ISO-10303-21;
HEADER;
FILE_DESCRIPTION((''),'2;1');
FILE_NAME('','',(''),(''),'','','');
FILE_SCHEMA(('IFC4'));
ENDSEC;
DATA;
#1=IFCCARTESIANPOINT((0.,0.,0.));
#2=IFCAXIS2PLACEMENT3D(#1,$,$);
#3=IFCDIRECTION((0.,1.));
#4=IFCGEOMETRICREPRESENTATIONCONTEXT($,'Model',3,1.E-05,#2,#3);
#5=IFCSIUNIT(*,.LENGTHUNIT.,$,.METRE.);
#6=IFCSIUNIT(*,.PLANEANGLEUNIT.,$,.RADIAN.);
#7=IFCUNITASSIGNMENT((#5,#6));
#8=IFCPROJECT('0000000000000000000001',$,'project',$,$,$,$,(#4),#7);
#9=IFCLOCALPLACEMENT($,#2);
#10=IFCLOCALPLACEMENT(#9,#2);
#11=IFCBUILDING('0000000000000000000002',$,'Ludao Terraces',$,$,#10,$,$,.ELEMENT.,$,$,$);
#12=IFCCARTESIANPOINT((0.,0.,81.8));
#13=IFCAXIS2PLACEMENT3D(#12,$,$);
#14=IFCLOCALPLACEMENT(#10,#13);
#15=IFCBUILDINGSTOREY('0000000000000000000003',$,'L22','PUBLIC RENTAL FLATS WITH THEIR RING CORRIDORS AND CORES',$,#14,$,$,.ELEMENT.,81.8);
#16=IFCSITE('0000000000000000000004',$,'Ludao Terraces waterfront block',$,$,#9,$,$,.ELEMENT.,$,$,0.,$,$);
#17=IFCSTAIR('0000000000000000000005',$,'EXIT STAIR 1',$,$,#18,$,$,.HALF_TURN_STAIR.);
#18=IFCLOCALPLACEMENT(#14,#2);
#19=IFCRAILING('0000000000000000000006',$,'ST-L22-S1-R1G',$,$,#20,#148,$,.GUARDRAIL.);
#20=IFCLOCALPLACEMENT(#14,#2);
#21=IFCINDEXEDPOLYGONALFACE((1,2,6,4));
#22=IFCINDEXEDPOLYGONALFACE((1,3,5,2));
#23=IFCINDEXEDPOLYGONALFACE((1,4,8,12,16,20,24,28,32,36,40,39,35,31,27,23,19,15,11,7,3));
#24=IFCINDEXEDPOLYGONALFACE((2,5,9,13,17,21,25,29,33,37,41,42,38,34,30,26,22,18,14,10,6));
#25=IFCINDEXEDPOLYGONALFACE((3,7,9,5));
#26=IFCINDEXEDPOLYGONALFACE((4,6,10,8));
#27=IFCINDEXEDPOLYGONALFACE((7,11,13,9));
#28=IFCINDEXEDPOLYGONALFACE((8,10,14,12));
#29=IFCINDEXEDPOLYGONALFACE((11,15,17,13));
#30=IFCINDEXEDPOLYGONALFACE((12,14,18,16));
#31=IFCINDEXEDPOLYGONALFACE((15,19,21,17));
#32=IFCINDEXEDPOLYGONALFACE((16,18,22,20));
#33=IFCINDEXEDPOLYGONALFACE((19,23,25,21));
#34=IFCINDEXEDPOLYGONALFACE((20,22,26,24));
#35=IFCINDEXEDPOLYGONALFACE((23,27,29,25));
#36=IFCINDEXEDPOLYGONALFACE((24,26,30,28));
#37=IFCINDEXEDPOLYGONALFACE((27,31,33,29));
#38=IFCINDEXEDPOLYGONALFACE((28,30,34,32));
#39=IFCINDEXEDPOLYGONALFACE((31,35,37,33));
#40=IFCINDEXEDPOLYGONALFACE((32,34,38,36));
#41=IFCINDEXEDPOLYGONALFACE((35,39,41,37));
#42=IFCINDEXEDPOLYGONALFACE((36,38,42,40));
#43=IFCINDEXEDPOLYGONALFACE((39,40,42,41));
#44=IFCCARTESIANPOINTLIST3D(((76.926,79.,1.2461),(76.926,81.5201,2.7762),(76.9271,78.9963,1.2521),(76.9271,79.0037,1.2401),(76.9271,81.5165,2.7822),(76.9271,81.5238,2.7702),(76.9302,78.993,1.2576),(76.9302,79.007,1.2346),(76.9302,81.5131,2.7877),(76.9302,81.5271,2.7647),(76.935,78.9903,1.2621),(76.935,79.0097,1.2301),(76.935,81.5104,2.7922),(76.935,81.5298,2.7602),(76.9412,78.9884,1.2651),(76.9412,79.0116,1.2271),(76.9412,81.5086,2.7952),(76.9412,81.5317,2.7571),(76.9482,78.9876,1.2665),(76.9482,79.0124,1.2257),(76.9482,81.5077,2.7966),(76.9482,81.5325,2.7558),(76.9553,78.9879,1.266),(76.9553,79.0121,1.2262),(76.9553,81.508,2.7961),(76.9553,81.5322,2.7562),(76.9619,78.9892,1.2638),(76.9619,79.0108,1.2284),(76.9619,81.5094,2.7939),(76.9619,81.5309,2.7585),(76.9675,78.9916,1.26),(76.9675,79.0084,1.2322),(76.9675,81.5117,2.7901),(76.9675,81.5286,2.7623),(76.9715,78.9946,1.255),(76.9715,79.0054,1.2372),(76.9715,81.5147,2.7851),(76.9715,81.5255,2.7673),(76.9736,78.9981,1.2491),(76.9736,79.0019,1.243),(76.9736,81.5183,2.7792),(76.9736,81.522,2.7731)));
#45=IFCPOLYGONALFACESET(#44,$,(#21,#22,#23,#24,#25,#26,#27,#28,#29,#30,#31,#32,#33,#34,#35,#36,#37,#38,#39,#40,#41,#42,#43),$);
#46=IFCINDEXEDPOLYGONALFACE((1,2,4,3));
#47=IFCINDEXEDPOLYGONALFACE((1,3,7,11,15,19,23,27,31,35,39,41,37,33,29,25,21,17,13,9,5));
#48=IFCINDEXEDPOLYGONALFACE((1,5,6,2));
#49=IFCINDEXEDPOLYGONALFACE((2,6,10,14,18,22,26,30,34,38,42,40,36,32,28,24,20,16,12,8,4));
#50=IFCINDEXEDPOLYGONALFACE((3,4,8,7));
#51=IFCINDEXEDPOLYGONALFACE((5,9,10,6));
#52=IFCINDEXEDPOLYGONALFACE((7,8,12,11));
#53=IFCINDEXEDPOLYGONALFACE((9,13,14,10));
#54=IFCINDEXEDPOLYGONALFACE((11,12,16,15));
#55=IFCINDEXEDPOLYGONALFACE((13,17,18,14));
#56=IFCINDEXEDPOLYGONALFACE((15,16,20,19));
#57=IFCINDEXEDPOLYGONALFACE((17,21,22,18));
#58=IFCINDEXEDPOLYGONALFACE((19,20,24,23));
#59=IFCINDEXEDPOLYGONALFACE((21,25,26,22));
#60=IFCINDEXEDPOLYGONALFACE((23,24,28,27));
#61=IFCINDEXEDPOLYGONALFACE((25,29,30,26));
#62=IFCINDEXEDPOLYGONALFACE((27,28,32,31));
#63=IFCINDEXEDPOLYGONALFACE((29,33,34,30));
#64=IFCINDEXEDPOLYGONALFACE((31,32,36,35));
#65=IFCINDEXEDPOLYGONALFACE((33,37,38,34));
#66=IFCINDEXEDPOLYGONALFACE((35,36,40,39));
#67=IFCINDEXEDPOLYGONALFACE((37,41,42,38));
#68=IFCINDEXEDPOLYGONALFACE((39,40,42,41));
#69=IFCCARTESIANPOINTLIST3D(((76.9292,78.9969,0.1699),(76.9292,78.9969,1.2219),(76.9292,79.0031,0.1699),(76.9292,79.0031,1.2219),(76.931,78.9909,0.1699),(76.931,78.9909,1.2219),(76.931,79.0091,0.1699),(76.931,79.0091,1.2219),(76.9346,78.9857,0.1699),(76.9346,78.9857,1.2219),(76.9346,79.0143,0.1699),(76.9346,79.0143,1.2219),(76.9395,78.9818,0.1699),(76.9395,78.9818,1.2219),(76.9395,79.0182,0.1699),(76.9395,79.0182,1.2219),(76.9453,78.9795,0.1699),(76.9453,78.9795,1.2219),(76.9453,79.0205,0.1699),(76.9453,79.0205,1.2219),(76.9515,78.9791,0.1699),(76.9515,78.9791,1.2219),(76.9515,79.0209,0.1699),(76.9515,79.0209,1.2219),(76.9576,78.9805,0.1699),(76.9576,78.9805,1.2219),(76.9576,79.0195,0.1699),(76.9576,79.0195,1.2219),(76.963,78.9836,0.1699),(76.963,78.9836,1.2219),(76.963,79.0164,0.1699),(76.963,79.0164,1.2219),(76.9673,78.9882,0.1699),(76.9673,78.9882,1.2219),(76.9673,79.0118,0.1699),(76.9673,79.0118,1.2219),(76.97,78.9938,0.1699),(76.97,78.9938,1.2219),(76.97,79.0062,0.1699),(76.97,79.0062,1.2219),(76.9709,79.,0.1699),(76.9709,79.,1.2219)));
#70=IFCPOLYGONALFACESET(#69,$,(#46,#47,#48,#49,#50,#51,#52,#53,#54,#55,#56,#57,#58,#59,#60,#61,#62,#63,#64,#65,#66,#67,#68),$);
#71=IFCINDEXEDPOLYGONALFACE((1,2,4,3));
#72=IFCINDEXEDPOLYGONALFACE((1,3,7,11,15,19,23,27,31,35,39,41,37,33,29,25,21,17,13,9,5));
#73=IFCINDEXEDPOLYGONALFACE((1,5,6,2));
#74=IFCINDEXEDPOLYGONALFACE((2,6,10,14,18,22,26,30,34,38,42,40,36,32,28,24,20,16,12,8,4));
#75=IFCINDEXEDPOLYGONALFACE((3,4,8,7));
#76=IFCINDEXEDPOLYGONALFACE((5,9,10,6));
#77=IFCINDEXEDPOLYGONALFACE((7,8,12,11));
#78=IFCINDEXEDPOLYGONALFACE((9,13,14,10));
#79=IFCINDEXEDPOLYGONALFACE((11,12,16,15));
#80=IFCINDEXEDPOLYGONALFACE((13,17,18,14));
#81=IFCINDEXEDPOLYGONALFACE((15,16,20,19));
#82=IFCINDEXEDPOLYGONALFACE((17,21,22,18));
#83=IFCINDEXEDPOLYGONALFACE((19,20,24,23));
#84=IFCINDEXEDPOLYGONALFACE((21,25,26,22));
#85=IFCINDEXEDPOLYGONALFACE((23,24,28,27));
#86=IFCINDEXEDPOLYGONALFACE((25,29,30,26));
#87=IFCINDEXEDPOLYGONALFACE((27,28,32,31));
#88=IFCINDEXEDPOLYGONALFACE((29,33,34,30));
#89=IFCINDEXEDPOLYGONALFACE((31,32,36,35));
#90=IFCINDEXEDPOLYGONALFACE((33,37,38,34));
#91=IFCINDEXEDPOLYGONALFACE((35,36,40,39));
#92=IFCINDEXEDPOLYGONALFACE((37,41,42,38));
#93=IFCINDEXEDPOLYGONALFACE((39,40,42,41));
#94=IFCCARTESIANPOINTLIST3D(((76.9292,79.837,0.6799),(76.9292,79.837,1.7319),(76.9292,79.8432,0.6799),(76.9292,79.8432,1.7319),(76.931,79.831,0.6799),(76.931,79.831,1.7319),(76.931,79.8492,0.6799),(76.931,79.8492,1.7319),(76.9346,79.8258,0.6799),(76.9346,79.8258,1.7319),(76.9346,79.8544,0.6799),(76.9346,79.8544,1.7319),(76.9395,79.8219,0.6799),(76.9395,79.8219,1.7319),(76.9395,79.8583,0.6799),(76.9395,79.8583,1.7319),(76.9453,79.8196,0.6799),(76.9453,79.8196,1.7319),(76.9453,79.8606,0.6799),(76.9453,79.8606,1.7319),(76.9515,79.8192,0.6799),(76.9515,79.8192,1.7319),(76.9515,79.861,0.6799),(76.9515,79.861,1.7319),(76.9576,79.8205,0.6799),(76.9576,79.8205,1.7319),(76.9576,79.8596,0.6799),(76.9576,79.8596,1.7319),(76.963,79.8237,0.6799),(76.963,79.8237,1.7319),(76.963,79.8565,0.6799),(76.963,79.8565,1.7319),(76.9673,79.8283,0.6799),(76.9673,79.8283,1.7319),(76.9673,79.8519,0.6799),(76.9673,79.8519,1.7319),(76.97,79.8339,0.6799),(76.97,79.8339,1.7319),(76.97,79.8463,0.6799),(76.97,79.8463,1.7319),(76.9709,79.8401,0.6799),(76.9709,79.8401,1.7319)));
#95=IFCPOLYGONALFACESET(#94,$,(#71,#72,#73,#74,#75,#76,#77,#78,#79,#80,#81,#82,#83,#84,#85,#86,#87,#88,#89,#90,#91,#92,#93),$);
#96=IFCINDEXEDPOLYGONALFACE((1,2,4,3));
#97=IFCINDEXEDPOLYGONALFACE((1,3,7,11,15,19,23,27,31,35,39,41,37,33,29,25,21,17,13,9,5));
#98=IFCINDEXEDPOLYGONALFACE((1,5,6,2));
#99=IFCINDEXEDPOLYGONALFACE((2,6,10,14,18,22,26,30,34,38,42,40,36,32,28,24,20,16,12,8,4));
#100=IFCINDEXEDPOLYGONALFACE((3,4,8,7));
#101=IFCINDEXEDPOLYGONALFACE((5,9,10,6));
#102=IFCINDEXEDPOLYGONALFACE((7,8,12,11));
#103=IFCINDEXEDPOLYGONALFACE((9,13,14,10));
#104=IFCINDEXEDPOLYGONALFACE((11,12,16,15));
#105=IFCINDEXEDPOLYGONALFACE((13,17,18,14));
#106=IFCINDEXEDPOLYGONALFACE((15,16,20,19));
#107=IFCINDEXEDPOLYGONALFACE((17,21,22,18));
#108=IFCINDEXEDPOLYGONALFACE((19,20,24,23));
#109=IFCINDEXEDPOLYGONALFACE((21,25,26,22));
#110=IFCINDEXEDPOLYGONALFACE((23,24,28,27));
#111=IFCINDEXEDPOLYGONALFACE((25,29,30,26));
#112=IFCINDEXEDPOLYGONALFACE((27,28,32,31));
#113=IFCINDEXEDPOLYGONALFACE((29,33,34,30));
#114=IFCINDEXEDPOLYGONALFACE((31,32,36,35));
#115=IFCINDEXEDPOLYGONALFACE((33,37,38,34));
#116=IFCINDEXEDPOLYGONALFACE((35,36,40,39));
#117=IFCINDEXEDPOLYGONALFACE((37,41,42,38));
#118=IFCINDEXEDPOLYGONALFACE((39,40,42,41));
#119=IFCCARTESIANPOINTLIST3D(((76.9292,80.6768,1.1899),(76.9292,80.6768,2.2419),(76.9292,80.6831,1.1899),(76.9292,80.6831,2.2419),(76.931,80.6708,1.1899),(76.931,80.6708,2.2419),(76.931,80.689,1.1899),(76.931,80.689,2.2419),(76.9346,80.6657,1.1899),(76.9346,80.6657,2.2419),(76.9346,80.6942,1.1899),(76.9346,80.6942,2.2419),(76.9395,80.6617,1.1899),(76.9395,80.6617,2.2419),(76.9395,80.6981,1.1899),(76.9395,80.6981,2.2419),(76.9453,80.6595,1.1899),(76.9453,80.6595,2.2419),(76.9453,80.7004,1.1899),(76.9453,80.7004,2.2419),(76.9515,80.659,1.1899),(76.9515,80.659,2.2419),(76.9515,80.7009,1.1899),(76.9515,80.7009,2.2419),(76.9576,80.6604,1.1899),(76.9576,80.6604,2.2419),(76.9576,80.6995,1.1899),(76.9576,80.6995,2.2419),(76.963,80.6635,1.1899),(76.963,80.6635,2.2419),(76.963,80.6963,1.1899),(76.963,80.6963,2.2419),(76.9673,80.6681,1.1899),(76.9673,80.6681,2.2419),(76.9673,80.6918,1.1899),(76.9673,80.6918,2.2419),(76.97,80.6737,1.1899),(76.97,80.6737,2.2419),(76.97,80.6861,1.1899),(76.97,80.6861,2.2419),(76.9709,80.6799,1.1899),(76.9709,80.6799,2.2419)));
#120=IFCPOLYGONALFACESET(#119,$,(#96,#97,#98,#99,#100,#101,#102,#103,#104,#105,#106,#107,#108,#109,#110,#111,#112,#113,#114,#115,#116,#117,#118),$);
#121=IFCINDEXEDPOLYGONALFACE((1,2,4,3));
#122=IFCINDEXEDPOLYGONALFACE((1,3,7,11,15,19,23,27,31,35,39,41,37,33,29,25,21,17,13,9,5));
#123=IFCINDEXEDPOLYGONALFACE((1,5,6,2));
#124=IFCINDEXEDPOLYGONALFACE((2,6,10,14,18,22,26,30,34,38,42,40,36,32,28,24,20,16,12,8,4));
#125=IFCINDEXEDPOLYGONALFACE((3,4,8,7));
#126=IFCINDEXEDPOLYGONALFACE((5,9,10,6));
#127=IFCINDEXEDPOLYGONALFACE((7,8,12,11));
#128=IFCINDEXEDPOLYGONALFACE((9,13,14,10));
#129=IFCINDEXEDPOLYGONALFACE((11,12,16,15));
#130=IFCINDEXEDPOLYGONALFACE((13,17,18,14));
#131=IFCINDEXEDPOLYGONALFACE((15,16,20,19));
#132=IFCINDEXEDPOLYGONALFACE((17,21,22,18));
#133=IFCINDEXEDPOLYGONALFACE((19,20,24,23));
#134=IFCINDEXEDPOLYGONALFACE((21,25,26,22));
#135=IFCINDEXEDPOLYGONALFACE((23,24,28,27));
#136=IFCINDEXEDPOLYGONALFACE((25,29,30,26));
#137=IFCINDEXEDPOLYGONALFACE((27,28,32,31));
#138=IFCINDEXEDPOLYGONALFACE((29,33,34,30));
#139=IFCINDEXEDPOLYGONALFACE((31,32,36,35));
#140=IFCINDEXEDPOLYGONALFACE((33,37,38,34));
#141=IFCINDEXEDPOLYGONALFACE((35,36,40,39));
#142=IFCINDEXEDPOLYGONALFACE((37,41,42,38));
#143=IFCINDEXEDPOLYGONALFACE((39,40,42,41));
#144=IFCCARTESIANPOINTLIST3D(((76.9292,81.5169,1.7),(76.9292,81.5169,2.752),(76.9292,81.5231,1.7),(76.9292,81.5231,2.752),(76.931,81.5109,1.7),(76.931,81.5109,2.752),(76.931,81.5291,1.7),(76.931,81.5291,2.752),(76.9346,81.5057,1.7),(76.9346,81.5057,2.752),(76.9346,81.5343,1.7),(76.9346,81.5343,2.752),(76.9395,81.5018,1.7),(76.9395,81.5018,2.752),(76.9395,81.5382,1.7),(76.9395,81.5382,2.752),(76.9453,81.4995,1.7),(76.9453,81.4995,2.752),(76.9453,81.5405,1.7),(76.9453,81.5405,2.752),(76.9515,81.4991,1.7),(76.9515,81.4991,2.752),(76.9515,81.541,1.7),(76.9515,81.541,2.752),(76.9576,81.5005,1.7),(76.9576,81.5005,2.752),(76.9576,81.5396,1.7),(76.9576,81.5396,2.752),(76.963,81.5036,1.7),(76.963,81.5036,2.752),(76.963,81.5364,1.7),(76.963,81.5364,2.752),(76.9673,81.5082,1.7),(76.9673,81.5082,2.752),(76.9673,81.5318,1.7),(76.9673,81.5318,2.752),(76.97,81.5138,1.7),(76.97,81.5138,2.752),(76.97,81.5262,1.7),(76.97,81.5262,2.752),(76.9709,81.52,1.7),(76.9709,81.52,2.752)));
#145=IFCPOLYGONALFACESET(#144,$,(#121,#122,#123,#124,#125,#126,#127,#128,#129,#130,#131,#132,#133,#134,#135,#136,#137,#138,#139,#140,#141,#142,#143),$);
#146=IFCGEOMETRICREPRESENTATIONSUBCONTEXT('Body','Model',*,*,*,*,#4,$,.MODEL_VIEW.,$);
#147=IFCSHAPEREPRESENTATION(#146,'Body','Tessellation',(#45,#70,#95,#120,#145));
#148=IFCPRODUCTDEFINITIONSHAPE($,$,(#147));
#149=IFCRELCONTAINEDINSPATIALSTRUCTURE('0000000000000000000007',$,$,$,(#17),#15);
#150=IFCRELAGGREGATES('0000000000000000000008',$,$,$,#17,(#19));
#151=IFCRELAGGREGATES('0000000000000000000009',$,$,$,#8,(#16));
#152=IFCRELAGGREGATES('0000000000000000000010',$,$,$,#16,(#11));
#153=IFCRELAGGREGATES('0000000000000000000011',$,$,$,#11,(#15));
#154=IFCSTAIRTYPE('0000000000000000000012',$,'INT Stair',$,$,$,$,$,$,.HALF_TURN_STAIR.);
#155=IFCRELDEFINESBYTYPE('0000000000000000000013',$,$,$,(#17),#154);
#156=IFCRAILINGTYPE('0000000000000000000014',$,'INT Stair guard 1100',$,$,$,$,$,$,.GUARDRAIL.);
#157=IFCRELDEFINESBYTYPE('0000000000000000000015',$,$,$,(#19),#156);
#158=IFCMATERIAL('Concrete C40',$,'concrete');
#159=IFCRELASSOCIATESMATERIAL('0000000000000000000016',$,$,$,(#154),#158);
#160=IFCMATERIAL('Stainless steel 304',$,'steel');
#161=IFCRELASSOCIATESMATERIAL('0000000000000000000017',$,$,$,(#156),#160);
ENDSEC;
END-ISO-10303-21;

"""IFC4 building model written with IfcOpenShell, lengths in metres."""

from ifc_helpers import new_model, si_unit, direction, frame, origin, origin_2d, place, context, subcontext, project, spatial, circle, extrude, material, type_object, element, aggregate, save


model = new_model("IFC4")

# Units and contexts
model_context = context("Model", 3, precision=1e-05, world=origin(), true_north=direction((0.0, 1.0)))
body_context = subcontext(model_context, "Body", "Model", "MODEL_VIEW")
ifc_project = project(units=[si_unit("LENGTHUNIT", "METRE"), si_unit("PLANEANGLEUNIT", "RADIAN")], contexts=[model_context])

# Site, building, storey
site_placement = place(None, origin())
site = spatial("IfcSite", under=ifc_project, at=site_placement, Name="Ludao Terraces waterfront block", CompositionType="ELEMENT", RefElevation=0.0)
building_placement = place(site_placement, origin())
building = spatial("IfcBuilding", under=site, at=building_placement, Name="Ludao Terraces", CompositionType="ELEMENT")
storey_placement = place(building_placement, frame((0.0, 0.0, 81.8)))
storey = spatial("IfcBuildingStorey", under=building, at=storey_placement, Name="L22", Description="PUBLIC RENTAL FLATS WITH THEIR RING CORRIDORS AND CORES", CompositionType="ELEMENT", Elevation=81.8)

# Shared definitions
ifc_material_1 = material(Name="Stainless steel 304", Category="steel")

# Stair, railing
ifc_material_2 = material(Name="Concrete C40", Category="concrete")
stair_type = type_object("IfcStairType", Name="INT Stair", PredefinedType="HALF_TURN_STAIR", material=ifc_material_2)
stair_placement = place(storey_placement, origin())
stair = element("IfcStair", 1, at=stair_placement, inside=storey, type_object=stair_type, Name="EXIT STAIR 1", PredefinedType="HALF_TURN_STAIR")
railing_type_1 = type_object("IfcRailingType", Name="INT Stair guard 1100", PredefinedType="GUARDRAIL", material=ifc_material_1)
railing_1_placement = place(storey_placement, frame((76.95, 79.0, 0.1699)))
railing_1 = element("IfcRailing", 2, at=railing_1_placement, type_object=railing_type_1, Name="ST-L22-S1-R1G", PredefinedType="GUARDRAIL", context=body_context, shape_type="SweptSolid", body=[
    extrude(circle(Radius=0.0239, at=origin_2d()), frame((0.0, 0.0, 1.0762), z_axis=(0.0, 0.854785, 0.518982), x_axis=(-1.0, 0.0, 0.0)), (0.0, 0.0, 1.0), 2.9482),
    extrude(circle(Radius=0.021, at=origin_2d()), origin(), (0.0, 0.0, 1.0), 1.052),
    extrude(circle(Radius=0.021, at=origin_2d()), frame((0.0, 0.8401, 0.51)), (0.0, 0.0, 1.0), 1.052),
    extrude(circle(Radius=0.021, at=origin_2d()), frame((0.0, 1.6799, 1.02)), (0.0, 0.0, 1.0), 1.052),
    extrude(circle(Radius=0.021, at=origin_2d()), frame((0.0, 2.52, 1.53)), (0.0, 0.0, 1.0), 1.052),
])
aggregate(stair, [railing_1])

save(model, "model.ifc")
